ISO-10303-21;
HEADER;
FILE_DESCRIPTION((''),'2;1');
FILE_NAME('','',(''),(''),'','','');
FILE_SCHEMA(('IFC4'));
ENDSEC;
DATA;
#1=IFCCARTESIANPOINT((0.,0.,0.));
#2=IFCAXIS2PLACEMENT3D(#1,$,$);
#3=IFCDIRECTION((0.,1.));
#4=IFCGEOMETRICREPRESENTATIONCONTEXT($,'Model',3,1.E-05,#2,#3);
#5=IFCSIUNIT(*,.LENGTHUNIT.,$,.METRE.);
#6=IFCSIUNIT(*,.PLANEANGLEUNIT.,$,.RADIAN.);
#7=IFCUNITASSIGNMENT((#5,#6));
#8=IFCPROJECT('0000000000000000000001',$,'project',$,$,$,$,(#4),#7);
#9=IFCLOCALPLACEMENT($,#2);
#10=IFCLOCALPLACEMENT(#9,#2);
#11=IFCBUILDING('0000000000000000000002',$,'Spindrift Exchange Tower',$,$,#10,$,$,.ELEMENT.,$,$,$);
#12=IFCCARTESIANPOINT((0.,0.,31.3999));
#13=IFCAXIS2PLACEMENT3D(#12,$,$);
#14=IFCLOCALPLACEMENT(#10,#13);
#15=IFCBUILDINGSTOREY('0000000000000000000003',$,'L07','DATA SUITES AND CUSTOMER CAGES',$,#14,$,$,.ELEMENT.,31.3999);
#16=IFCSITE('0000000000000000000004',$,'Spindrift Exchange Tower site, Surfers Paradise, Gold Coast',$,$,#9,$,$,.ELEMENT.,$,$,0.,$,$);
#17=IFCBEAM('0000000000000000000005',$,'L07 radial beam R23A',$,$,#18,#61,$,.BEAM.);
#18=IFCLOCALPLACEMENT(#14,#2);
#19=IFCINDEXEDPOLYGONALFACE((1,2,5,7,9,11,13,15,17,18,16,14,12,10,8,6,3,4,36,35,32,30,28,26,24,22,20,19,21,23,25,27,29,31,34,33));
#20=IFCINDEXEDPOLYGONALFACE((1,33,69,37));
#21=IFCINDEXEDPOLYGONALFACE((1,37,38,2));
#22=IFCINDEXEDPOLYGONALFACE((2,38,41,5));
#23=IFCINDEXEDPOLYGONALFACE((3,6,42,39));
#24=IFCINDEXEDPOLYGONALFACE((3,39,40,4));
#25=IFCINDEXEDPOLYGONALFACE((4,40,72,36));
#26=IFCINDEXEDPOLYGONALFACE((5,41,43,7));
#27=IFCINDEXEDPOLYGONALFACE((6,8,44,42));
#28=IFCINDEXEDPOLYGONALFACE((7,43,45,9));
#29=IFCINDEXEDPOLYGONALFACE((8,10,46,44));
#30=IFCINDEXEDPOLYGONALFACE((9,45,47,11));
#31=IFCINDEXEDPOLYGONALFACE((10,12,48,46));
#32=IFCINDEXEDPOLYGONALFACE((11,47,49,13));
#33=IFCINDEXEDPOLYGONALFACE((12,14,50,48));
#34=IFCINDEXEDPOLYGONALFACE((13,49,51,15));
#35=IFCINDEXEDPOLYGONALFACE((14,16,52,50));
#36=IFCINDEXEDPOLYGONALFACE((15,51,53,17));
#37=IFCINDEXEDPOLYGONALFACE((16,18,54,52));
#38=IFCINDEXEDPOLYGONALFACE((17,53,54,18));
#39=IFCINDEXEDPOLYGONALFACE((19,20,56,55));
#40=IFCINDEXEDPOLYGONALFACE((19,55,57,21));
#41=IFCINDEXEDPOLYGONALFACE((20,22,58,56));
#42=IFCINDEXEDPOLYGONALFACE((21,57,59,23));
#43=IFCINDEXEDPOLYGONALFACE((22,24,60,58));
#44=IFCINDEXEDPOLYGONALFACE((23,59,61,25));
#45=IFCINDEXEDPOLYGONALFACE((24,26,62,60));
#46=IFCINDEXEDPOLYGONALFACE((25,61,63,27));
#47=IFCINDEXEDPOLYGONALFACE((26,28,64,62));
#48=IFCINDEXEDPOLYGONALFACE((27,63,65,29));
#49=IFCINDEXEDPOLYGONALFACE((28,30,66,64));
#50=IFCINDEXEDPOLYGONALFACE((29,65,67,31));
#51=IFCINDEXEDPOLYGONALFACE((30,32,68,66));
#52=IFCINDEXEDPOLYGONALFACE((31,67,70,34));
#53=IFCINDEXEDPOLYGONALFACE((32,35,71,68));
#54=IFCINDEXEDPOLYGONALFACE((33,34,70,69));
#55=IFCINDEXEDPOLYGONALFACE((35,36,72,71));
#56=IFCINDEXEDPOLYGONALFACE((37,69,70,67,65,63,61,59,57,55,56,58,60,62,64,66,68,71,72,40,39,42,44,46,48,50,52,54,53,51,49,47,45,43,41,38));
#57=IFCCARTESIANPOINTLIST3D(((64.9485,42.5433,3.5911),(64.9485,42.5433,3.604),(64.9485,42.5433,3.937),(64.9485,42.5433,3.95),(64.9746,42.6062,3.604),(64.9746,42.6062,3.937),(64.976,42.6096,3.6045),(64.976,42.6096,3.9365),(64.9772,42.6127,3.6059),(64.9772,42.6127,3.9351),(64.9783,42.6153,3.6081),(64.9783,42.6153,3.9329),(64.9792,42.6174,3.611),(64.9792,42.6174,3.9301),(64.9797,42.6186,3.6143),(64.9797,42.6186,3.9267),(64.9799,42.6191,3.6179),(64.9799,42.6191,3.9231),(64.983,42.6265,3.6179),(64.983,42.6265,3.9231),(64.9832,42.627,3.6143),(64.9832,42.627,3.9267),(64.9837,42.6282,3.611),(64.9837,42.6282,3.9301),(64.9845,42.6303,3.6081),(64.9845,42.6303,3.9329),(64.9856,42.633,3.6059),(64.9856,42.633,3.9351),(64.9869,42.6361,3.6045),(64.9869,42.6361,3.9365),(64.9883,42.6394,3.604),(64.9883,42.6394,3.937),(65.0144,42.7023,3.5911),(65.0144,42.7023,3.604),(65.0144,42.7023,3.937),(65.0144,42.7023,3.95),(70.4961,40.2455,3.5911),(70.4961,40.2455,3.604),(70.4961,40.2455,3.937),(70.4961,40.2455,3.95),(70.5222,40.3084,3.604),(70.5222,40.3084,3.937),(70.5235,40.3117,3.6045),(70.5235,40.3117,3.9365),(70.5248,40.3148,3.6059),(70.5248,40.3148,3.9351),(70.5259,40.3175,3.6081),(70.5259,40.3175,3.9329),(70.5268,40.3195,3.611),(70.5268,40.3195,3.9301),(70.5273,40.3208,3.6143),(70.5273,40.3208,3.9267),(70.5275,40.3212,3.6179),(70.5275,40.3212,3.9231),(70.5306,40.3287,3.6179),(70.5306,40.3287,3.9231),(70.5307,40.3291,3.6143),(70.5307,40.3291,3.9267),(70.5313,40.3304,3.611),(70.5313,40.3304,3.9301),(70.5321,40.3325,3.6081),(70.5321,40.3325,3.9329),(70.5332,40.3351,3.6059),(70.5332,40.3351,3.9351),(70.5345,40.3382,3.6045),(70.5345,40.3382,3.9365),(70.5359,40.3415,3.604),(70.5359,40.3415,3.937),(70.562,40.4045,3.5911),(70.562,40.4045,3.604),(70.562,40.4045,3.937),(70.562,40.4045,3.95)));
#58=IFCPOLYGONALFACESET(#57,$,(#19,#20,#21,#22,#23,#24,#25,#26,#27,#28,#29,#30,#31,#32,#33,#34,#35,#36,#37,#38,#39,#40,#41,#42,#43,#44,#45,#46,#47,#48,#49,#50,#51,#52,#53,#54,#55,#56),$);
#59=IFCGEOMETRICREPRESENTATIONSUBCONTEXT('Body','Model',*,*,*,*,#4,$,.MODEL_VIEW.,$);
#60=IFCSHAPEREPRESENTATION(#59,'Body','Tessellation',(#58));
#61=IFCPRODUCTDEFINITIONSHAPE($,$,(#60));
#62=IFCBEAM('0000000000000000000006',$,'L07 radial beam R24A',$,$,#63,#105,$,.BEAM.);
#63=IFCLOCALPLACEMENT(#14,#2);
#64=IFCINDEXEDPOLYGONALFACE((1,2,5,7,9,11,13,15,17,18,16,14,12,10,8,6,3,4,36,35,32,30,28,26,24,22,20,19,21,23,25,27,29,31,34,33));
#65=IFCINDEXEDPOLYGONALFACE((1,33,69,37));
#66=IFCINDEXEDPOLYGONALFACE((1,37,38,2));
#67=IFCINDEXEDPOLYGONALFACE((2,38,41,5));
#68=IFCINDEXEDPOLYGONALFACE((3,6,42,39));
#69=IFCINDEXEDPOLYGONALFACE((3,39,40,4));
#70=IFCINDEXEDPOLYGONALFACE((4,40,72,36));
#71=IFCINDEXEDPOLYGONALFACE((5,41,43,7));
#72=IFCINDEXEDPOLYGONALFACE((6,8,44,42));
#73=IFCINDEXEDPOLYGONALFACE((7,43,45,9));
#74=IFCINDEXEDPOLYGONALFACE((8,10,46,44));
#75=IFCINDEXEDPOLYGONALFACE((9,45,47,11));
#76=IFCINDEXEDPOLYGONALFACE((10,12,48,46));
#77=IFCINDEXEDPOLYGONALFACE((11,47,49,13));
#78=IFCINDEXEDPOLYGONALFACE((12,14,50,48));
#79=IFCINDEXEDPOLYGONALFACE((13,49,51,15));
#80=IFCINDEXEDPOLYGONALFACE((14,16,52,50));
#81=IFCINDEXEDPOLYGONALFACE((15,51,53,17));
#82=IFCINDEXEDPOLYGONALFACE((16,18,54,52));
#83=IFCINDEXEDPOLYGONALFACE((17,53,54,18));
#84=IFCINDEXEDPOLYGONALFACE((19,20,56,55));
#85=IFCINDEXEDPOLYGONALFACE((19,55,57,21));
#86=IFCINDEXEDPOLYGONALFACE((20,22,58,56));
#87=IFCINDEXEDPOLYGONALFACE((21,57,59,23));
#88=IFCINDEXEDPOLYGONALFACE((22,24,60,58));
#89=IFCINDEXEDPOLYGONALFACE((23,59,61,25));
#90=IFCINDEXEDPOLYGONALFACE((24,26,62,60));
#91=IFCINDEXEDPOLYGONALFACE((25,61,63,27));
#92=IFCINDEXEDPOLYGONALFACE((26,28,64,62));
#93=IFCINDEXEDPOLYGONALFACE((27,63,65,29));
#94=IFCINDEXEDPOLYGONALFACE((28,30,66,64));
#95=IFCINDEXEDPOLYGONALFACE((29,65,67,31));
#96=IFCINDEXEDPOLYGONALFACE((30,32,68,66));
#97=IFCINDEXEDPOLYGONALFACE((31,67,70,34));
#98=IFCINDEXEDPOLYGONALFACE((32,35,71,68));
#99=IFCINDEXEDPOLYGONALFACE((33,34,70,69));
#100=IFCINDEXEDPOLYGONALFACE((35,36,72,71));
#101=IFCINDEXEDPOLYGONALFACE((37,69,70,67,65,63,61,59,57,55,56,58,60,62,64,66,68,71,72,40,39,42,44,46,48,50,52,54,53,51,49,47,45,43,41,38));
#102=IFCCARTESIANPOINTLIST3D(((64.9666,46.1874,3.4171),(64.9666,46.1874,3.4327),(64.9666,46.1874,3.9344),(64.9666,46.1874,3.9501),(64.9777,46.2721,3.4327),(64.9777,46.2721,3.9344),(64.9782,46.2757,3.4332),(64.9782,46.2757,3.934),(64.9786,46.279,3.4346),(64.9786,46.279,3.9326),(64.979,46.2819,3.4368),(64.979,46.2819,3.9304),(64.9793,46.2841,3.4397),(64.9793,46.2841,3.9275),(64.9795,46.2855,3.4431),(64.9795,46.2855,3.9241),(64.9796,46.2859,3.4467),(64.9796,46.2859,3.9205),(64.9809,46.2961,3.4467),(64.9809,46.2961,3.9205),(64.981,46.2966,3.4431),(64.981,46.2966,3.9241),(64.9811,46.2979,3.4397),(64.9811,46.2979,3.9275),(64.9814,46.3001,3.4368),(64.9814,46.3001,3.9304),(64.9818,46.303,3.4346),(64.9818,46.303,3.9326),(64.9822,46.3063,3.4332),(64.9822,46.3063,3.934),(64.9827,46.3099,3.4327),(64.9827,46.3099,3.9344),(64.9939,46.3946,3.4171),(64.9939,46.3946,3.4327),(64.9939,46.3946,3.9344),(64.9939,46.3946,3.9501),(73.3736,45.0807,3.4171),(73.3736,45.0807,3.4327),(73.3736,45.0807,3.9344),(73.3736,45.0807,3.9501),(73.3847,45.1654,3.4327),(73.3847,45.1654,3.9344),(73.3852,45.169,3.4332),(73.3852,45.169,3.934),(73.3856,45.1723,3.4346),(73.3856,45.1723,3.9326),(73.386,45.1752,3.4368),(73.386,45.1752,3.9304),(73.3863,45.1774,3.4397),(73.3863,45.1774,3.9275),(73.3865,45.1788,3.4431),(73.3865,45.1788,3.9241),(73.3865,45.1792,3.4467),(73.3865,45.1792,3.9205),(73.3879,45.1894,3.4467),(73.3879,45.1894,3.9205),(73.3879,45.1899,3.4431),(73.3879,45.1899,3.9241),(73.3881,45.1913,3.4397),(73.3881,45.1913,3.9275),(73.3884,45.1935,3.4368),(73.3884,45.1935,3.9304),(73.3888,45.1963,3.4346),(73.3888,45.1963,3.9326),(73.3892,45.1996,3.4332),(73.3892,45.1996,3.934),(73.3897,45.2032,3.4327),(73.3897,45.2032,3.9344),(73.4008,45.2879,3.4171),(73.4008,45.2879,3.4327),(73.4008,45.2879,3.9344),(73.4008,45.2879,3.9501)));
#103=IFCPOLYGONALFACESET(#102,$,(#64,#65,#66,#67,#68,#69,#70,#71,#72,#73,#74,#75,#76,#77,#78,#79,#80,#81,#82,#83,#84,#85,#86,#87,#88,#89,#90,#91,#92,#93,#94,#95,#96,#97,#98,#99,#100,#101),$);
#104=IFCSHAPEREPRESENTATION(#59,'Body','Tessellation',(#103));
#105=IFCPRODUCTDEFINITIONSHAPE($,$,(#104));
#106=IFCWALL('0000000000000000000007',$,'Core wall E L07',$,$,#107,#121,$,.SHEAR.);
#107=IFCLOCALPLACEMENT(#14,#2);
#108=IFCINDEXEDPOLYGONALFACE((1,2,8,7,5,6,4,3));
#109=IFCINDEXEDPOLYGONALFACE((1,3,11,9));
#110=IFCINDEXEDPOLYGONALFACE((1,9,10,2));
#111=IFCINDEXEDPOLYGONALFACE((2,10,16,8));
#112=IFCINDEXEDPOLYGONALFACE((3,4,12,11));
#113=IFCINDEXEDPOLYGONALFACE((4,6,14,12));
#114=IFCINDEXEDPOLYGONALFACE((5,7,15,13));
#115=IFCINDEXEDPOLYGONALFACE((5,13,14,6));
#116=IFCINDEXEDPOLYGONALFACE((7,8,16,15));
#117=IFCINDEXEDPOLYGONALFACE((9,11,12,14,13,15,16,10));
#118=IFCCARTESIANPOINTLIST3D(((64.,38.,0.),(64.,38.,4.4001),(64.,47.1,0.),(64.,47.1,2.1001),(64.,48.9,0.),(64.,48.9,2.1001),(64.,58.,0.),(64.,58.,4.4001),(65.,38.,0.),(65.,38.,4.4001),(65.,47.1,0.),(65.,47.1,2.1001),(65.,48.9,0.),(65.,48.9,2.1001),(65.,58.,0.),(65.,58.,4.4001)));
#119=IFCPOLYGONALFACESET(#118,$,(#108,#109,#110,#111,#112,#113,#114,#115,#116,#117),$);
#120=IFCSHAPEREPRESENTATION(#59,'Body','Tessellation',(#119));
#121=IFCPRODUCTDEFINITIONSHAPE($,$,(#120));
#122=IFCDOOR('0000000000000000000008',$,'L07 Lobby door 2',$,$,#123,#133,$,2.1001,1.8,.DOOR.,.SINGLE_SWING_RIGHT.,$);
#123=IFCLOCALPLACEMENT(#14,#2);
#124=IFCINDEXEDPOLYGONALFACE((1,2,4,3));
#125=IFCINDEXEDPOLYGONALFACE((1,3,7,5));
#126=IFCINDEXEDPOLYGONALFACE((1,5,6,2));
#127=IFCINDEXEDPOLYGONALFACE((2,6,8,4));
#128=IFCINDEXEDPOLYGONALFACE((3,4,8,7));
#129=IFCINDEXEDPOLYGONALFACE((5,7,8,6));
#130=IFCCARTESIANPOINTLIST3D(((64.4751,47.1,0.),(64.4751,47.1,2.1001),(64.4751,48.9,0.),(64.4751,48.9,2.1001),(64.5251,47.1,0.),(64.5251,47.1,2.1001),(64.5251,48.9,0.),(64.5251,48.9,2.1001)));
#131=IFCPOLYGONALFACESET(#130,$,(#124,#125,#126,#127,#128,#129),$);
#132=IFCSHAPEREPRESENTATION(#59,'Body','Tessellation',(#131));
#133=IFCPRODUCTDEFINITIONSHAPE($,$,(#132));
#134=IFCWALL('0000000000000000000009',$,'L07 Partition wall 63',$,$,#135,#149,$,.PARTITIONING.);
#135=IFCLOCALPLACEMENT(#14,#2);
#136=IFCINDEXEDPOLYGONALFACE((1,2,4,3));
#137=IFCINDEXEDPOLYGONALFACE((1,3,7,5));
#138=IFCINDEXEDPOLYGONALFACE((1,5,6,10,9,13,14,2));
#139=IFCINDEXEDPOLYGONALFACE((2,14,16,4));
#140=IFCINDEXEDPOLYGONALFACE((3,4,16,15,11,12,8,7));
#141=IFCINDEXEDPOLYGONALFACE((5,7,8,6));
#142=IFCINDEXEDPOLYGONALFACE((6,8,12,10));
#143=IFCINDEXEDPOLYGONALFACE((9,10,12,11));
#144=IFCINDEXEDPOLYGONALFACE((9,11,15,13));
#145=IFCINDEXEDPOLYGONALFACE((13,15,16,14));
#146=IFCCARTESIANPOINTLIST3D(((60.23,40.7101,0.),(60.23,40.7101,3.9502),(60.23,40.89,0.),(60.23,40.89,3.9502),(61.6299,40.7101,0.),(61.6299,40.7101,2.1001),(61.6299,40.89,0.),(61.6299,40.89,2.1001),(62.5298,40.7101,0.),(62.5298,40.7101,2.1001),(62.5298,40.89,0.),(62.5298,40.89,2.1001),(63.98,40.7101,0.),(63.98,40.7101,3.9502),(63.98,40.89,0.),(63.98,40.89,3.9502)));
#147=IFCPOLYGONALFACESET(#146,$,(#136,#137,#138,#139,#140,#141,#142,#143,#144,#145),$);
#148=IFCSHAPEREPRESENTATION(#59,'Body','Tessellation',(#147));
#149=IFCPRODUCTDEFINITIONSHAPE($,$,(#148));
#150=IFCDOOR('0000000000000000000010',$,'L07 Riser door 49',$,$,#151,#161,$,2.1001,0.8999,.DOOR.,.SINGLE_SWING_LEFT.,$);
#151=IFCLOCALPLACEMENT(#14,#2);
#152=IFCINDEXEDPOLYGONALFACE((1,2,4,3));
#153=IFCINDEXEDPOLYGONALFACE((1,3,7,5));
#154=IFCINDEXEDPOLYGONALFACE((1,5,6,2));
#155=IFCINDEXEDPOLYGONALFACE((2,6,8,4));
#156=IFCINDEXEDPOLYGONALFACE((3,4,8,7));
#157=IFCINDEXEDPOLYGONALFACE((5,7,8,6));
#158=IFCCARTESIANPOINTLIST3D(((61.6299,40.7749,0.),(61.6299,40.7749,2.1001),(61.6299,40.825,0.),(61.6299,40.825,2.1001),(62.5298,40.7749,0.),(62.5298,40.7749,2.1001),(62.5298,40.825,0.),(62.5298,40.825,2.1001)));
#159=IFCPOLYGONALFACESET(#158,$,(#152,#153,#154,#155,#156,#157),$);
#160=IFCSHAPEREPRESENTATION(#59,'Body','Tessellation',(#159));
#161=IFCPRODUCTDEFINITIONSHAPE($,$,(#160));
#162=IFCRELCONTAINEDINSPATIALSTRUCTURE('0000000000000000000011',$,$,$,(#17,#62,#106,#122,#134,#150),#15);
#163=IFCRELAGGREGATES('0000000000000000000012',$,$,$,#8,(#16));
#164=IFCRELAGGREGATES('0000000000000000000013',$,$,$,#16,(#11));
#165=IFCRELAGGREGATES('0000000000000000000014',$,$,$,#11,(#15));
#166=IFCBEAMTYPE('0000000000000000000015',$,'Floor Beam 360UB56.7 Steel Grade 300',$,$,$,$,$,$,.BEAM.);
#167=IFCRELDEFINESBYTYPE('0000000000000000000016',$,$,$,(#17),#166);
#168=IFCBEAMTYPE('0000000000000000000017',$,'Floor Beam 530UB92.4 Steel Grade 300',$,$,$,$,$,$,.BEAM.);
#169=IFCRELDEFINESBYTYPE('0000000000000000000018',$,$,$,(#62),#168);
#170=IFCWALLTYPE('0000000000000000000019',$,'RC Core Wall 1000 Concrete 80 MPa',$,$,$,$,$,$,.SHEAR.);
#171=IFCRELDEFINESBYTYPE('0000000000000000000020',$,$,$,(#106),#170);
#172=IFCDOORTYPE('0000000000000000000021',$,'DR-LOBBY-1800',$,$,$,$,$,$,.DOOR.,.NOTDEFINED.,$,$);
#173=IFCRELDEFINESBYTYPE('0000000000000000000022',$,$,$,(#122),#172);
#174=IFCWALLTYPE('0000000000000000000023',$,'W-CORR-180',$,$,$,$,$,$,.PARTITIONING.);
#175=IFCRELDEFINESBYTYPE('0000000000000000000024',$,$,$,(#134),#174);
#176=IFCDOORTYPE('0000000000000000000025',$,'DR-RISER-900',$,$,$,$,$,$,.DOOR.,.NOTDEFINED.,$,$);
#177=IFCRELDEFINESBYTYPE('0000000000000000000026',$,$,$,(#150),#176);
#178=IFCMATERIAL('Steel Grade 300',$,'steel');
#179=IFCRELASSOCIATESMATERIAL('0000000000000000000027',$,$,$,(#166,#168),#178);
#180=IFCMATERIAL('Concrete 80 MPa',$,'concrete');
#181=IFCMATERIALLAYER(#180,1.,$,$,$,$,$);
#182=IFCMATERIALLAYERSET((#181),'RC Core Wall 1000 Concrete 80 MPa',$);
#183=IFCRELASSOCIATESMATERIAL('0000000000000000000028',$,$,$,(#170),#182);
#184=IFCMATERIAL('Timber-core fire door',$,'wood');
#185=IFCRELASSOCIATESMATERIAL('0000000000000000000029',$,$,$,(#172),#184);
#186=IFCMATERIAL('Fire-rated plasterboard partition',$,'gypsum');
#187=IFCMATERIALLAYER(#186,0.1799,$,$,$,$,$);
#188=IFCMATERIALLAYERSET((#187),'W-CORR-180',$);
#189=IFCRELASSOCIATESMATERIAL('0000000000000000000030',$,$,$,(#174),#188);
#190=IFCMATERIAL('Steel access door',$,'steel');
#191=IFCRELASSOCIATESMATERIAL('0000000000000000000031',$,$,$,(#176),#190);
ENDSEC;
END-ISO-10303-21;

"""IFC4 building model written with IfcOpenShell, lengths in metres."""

from ifc_helpers import new_model, si_unit, direction, frame, frame_2d, origin, origin_2d, place, context, subcontext, project, spatial, rectangle, i_section, extrude, source, transform, mapped, material, layer, layer_set, material_profile, profile_set, type_object, element, fill, save


model = new_model("IFC4")

# Units and contexts
model_context = context("Model", 3, precision=1e-05, world=origin(), true_north=direction((0.0, 1.0)))
body_context = subcontext(model_context, "Body", "Model", "MODEL_VIEW")
ifc_project = project(units=[si_unit("LENGTHUNIT", "METRE"), si_unit("PLANEANGLEUNIT", "RADIAN")], contexts=[model_context])

# Site, building, storey
site_placement = place(None, origin())
site = spatial("IfcSite", under=ifc_project, at=site_placement, Name="Spindrift Exchange Tower site, Surfers Paradise, Gold Coast", CompositionType="ELEMENT", RefElevation=0.0)
building_placement = place(site_placement, origin())
building = spatial("IfcBuilding", under=site, at=building_placement, Name="Spindrift Exchange Tower", CompositionType="ELEMENT")
storey_placement = place(building_placement, frame((0.0, 0.0, 31.3999)))
storey = spatial("IfcBuildingStorey", under=building, at=storey_placement, Name="L07", Description="DATA SUITES AND CUSTOMER CAGES", CompositionType="ELEMENT", Elevation=31.3999)

# Shared definitions
ifc_material_1 = material(Name="Concrete 80 MPa", Category="concrete")

# Beams
ifc_material_2 = material(Name="Steel Grade 300", Category="steel")
ifc_material_profile_1 = material_profile(ifc_material_2, i_section(OverallWidth=0.1721, OverallDepth=0.3589, WebThickness=0.0081, FlangeThickness=0.0129, FilletRadius=0.0139, at=origin_2d()), Name="360UB56.7")
ifc_profile_set_1 = profile_set([ifc_material_profile_1], Name="Steel Grade 300")
beam_type_1 = type_object("IfcBeamType", Name="Floor Beam 360UB56.7 Steel Grade 300", PredefinedType="BEAM", material=ifc_profile_set_1)
shared_shape_1 = source(origin(), body_context, "Body", "SweptSolid", [
    extrude(i_section(OverallWidth=0.1721, OverallDepth=0.3589, WebThickness=0.0081, FlangeThickness=0.0129, FilletRadius=0.0139, at=origin_2d()), origin(), (0.0, 0.0, 1.0), 6.0046),
])
beam_1_placement = place(storey_placement, frame((64.9814, 42.6228, 3.7705), z_axis=(0.923882, -0.382677, 0.0), x_axis=(0.382677, 0.923882, 0.0)))
element("IfcBeam", 1, at=beam_1_placement, inside=storey, type_object=beam_type_1, Name="L07 radial beam R23A", PredefinedType="BEAM", context=body_context, shape_type="MappedRepresentation", body=[
    mapped(shared_shape_1, transform((0.0, 0.0, 0.0), scale=1.0)),
])
ifc_material_profile_2 = material_profile(ifc_material_2, i_section(OverallWidth=0.209, OverallDepth=0.533, WebThickness=0.0103, FlangeThickness=0.0156, FilletRadius=0.0139, at=origin_2d()), Name="530UB92.4")
ifc_profile_set_2 = profile_set([ifc_material_profile_2], Name="Steel Grade 300")
beam_type_2 = type_object("IfcBeamType", Name="Floor Beam 530UB92.4 Steel Grade 300", PredefinedType="BEAM", material=ifc_profile_set_2)
shared_shape_2 = source(origin(), body_context, "Body", "SweptSolid", [
    extrude(i_section(OverallWidth=0.209, OverallDepth=0.533, WebThickness=0.0103, FlangeThickness=0.0156, FilletRadius=0.0139, at=origin_2d()), origin(), (0.0, 0.0, 1.0), 8.4795),
])
beam_2_placement = place(storey_placement, frame((64.9802, 46.291, 3.6836), z_axis=(0.991447, -0.130513, 0.0), x_axis=(0.130513, 0.991447, 0.0)))
element("IfcBeam", 2, at=beam_2_placement, inside=storey, type_object=beam_type_2, Name="L07 radial beam R24A", PredefinedType="BEAM", context=body_context, shape_type="MappedRepresentation", body=[
    mapped(shared_shape_2, transform((0.0, 0.0, 0.0), scale=1.0)),
])

# Walls, openings, doors
ifc_layer_1 = layer(ifc_material_1, 1.0)
ifc_layer_set_1 = layer_set([ifc_layer_1], Name="RC Core Wall 1000 Concrete 80 MPa")
wall_type_1 = type_object("IfcWallType", Name="RC Core Wall 1000 Concrete 80 MPa", PredefinedType="SHEAR", material=ifc_layer_set_1)
wall_1_placement = place(storey_placement, frame((64.5, 38.0, 0.0), z_axis=(0.0, 0.0, 1.0), x_axis=(0.0, 1.0, 0.0)))
wall_1 = element("IfcWall", 3, at=wall_1_placement, inside=storey, type_object=wall_type_1, Name="Core wall E L07", PredefinedType="SHEAR", context=body_context, shape_type="SweptSolid", body=[
    extrude(rectangle(XDim=20.0, YDim=1.0, at=frame_2d((10.0, 0.0))), origin(), (0.0, 0.0, 1.0), 4.4001),
])
opening_1_placement = place(wall_1_placement, frame((9.1001, 0.0, 0.0)))
opening_1 = element("IfcOpeningElement", 4, at=opening_1_placement, cuts=wall_1, PredefinedType="OPENING", context=body_context, shape_type="SweptSolid", body=[
    extrude(rectangle(XDim=1.8, YDim=2.1001, at=frame_2d((0.8999, 1.05))), frame((0.0, 0.51, 0.0), z_axis=(0.0, -1.0, 0.0), x_axis=(1.0, 0.0, 0.0)), (0.0, 0.0, 1.0), 1.02),
])
ifc_material_3 = material(Name="Timber-core fire door", Category="wood")
door_type_1 = type_object("IfcDoorType", Name="DR-LOBBY-1800", OperationType="NOTDEFINED", PredefinedType="DOOR", material=ifc_material_3)
shared_shape_3 = source(origin(), body_context, "Body", "SweptSolid", [
    extrude(rectangle(XDim=1.8, YDim=2.1001, at=frame_2d((0.8999, 1.05))), frame((0.0, 0.0249, 0.0), z_axis=(0.0, -1.0, 0.0), x_axis=(1.0, 0.0, 0.0)), (0.0, 0.0, 1.0), 0.05),
])
door_1_placement = place(opening_1_placement, origin())
door_1 = element("IfcDoor", 5, at=door_1_placement, inside=storey, type_object=door_type_1, Name="L07 Lobby door 2", OperationType="SINGLE_SWING_RIGHT", OverallHeight=2.1001, OverallWidth=1.8, PredefinedType="DOOR", context=body_context, shape_type="MappedRepresentation", body=[
    mapped(shared_shape_3, transform((0.0, 0.0, 0.0), scale=1.0)),
])
fill(opening_1, door_1)
ifc_material_4 = material(Name="Fire-rated plasterboard partition", Category="gypsum")
ifc_layer_2 = layer(ifc_material_4, 0.1799)
ifc_layer_set_2 = layer_set([ifc_layer_2], Name="W-CORR-180")
wall_type_2 = type_object("IfcWallType", Name="W-CORR-180", PredefinedType="PARTITIONING", material=ifc_layer_set_2)
wall_2_placement = place(storey_placement, frame((60.23, 40.8, 0.0), z_axis=(0.0, 0.0, 1.0), x_axis=(1.0, 0.0, 0.0)))
wall_2 = element("IfcWall", 6, at=wall_2_placement, inside=storey, type_object=wall_type_2, Name="L07 Partition wall 63", PredefinedType="PARTITIONING", context=body_context, shape_type="SweptSolid", body=[
    extrude(rectangle(XDim=3.75, YDim=0.1799, at=frame_2d((1.875, 0.0))), origin(), (0.0, 0.0, 1.0), 3.9502),
])
opening_2_placement = place(wall_2_placement, frame((1.3999, 0.0, 0.0)))
opening_2 = element("IfcOpeningElement", 7, at=opening_2_placement, cuts=wall_2, PredefinedType="OPENING", context=body_context, shape_type="SweptSolid", body=[
    extrude(rectangle(XDim=0.8999, YDim=2.1001, at=frame_2d((0.45, 1.05))), frame((0.0, 0.0999, 0.0), z_axis=(0.0, -1.0, 0.0), x_axis=(1.0, 0.0, 0.0)), (0.0, 0.0, 1.0), 0.2),
])
ifc_material_5 = material(Name="Steel access door", Category="steel")
door_type_2 = type_object("IfcDoorType", Name="DR-RISER-900", OperationType="NOTDEFINED", PredefinedType="DOOR", material=ifc_material_5)
shared_shape_4 = source(origin(), body_context, "Body", "SweptSolid", [
    extrude(rectangle(XDim=0.8999, YDim=2.1001, at=frame_2d((0.45, 1.05))), frame((0.0, 0.0249, 0.0), z_axis=(0.0, -1.0, 0.0), x_axis=(1.0, 0.0, 0.0)), (0.0, 0.0, 1.0), 0.05),
])
door_2_placement = place(opening_2_placement, origin())
door_2 = element("IfcDoor", 8, at=door_2_placement, inside=storey, type_object=door_type_2, Name="L07 Riser door 49", OperationType="SINGLE_SWING_LEFT", OverallHeight=2.1001, OverallWidth=0.8999, PredefinedType="DOOR", context=body_context, shape_type="MappedRepresentation", body=[
    mapped(shared_shape_4, transform((0.0, 0.0, 0.0), scale=1.0)),
])
fill(opening_2, door_2)

save(model, "model.ifc")
